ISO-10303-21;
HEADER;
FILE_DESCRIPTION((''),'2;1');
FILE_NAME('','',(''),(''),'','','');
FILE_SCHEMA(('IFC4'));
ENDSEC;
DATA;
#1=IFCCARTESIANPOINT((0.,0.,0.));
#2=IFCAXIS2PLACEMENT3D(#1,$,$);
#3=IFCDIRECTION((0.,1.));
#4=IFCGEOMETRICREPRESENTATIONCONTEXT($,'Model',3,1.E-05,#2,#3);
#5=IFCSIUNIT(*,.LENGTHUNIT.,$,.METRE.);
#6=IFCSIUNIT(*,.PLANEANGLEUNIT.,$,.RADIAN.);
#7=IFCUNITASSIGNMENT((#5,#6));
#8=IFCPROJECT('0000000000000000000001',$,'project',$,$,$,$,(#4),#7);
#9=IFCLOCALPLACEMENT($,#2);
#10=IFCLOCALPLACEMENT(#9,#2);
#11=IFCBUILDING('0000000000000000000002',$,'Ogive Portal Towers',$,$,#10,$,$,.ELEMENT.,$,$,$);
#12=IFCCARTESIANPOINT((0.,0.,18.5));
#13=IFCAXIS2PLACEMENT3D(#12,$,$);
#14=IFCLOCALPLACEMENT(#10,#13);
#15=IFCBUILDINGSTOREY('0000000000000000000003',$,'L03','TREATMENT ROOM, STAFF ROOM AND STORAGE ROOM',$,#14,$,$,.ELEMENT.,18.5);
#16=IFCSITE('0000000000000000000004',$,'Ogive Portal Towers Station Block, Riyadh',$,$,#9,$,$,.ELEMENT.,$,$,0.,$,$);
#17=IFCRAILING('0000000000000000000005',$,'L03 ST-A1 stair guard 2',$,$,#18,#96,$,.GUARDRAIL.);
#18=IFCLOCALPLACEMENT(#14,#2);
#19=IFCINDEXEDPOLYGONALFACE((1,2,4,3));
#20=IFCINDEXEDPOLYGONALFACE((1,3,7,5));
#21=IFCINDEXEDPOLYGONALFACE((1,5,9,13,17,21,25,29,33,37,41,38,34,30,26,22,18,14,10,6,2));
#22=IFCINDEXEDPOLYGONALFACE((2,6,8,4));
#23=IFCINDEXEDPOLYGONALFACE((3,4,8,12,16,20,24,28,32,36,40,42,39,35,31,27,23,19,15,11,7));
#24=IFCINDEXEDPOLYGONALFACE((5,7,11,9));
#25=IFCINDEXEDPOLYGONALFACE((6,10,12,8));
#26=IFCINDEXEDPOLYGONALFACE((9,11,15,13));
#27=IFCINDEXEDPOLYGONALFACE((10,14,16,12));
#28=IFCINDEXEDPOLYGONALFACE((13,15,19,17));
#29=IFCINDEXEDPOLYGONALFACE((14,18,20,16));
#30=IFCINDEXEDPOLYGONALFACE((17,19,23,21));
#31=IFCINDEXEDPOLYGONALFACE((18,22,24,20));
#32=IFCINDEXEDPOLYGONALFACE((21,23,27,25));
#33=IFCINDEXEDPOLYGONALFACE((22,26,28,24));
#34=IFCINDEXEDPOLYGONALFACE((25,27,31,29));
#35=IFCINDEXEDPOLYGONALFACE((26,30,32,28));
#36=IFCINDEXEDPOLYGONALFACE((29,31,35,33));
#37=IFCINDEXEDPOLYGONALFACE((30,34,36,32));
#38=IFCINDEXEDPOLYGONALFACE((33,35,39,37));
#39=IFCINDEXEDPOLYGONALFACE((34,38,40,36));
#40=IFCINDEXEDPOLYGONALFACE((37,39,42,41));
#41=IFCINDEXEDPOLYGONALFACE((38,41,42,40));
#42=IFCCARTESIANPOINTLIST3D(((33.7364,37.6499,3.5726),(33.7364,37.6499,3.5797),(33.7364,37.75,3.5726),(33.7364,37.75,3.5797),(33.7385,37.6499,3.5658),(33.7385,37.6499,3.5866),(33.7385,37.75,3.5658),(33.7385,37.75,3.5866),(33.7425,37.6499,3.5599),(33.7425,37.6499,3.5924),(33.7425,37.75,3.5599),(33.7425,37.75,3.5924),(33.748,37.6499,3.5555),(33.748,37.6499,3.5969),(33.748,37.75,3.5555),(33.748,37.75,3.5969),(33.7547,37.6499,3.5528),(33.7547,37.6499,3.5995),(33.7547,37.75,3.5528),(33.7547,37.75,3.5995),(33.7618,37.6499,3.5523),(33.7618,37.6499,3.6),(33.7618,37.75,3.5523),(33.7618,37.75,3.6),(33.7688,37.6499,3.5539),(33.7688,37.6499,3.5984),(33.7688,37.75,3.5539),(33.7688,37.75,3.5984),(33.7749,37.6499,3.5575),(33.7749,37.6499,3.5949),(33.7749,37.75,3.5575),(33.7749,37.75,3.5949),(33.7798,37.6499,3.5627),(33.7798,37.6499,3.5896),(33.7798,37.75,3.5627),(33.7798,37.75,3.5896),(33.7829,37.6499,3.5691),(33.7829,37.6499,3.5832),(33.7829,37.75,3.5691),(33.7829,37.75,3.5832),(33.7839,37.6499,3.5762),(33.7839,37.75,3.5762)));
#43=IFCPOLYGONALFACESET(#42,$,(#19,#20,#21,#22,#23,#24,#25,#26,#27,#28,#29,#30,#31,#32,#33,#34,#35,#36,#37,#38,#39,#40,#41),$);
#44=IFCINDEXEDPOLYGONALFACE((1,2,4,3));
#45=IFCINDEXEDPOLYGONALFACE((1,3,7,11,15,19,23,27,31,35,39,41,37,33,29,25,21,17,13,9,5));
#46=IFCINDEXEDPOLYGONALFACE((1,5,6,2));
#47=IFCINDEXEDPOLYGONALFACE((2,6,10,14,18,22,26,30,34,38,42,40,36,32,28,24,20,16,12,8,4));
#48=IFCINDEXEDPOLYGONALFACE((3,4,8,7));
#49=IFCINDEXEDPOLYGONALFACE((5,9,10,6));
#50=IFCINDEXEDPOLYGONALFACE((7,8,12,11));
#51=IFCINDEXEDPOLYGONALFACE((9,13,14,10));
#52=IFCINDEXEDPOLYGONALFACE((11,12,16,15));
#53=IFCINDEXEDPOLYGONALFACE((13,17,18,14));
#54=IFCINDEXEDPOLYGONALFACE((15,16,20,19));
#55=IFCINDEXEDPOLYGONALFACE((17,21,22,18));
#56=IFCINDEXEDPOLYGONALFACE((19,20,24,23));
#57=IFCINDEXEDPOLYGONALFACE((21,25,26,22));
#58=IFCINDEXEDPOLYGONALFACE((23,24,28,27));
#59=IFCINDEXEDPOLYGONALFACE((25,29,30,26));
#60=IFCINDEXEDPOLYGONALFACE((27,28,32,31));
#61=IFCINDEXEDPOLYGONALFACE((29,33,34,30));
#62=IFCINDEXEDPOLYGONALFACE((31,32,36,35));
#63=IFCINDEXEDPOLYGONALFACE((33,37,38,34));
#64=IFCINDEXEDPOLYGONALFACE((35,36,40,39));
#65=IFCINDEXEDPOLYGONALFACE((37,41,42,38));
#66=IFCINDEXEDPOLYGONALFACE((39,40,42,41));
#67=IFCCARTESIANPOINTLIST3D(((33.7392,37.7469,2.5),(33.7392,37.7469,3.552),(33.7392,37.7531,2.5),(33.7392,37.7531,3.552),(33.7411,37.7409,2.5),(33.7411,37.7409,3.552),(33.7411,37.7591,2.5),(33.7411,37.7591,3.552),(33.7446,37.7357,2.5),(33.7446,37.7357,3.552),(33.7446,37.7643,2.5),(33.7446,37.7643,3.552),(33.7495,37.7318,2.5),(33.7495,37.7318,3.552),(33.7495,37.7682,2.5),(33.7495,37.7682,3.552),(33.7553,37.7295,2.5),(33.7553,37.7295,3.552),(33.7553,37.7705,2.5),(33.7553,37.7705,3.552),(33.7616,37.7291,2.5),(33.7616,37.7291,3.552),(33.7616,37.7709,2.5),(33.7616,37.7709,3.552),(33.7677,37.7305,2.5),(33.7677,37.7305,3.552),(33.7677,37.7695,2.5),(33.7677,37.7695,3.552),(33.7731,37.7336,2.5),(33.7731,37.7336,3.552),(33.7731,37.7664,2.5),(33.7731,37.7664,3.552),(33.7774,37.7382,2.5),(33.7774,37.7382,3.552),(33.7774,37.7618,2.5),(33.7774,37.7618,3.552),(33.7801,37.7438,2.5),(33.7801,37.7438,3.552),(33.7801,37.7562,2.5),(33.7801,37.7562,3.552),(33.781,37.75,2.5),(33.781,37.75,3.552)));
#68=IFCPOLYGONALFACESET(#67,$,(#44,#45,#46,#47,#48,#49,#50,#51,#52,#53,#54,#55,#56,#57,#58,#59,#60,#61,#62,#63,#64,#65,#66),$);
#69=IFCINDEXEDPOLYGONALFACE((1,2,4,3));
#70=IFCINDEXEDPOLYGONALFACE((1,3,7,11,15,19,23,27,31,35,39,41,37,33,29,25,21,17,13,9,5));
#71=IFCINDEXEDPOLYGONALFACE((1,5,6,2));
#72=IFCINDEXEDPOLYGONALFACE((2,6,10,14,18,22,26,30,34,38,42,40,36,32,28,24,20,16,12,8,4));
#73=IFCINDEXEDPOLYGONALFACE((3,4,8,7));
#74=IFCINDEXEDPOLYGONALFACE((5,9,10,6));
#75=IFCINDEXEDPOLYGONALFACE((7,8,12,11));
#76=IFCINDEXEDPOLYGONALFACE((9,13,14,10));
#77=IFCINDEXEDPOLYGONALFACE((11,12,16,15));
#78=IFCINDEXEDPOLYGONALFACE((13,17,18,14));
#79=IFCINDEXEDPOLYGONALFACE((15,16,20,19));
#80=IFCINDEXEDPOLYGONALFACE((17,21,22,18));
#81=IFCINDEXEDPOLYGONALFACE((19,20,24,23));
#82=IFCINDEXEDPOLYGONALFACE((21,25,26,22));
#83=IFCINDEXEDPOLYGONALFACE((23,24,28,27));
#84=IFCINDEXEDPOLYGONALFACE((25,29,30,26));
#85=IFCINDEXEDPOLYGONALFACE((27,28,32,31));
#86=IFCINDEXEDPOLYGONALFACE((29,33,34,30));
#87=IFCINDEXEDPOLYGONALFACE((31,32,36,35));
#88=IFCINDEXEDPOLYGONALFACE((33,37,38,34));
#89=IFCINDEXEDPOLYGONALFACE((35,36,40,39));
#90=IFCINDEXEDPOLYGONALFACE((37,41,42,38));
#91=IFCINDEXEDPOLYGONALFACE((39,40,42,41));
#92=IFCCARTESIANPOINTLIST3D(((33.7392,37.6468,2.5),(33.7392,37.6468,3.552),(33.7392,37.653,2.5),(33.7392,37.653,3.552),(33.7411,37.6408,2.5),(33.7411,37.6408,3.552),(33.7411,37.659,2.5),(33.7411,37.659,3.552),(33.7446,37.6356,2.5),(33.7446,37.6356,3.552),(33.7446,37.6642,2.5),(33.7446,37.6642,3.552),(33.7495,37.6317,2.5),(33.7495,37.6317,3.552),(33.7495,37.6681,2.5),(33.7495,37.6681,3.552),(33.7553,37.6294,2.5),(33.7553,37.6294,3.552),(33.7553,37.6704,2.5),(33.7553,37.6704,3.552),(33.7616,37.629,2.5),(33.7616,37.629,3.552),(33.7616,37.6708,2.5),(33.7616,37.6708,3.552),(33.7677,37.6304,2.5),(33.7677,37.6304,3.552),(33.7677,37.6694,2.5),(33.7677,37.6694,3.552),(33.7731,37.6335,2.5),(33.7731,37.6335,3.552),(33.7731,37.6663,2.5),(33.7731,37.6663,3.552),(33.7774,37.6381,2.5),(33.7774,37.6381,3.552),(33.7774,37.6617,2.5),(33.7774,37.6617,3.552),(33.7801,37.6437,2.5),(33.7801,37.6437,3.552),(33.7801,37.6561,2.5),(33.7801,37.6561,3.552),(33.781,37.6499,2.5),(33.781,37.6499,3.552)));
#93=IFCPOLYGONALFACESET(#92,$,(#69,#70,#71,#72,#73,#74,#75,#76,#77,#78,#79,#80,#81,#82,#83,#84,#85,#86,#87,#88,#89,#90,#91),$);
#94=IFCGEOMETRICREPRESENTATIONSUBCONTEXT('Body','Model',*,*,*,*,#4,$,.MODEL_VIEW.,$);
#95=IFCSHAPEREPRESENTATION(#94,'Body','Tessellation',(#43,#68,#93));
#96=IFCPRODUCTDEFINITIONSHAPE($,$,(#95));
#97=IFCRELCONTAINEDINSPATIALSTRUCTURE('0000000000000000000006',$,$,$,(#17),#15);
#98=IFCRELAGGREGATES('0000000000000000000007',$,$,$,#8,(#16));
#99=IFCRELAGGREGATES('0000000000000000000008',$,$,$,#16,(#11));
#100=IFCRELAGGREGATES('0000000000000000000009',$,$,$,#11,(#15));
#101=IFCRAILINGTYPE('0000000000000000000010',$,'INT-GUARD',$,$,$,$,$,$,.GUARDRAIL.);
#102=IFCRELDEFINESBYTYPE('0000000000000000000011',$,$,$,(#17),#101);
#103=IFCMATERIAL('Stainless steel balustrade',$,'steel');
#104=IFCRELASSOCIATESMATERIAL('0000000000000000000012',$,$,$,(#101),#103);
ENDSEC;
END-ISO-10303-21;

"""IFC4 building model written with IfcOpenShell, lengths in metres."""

from ifc_helpers import new_model, si_unit, direction, frame, origin, origin_2d, place, context, subcontext, project, spatial, circle, extrude, material, type_object, element, save


model = new_model("IFC4")

# Units and contexts
model_context = context("Model", 3, precision=1e-05, world=origin(), true_north=direction((0.0, 1.0)))
body_context = subcontext(model_context, "Body", "Model", "MODEL_VIEW")
ifc_project = project(units=[si_unit("LENGTHUNIT", "METRE"), si_unit("PLANEANGLEUNIT", "RADIAN")], contexts=[model_context])

# Site, building, storey
site_placement = place(None, origin())
site = spatial("IfcSite", under=ifc_project, at=site_placement, Name="Ogive Portal Towers Station Block, Riyadh", CompositionType="ELEMENT", RefElevation=0.0)
building_placement = place(site_placement, origin())
building = spatial("IfcBuilding", under=site, at=building_placement, Name="Ogive Portal Towers", CompositionType="ELEMENT")
storey_placement = place(building_placement, frame((0.0, 0.0, 18.5)))
storey = spatial("IfcBuildingStorey", under=building, at=storey_placement, Name="L03", Description="TREATMENT ROOM, STAFF ROOM AND STORAGE ROOM", CompositionType="ELEMENT", Elevation=18.5)

# Railing
ifc_material_1 = material(Name="Stainless steel balustrade", Category="steel")
railing_type_1 = type_object("IfcRailingType", Name="INT-GUARD", PredefinedType="GUARDRAIL", material=ifc_material_1)
railing_1_placement = place(storey_placement, frame((33.76, 37.75, 2.5)))
element("IfcRailing", 1, at=railing_1_placement, inside=storey, type_object=railing_type_1, Name="L03 ST-A1 stair guard 2", PredefinedType="GUARDRAIL", context=body_context, shape_type="SweptSolid", body=[
    extrude(circle(Radius=0.0239, at=origin_2d()), frame((0.0, 0.0, 1.0762), z_axis=(0.0, -1.0, 0.0), x_axis=(1.0, 0.0, 0.0)), (0.0, 0.0, 1.0), 0.1001),
    extrude(circle(Radius=0.021, at=origin_2d()), origin(), (0.0, 0.0, 1.0), 1.052),
    extrude(circle(Radius=0.021, at=origin_2d()), frame((0.0, -0.1001, 0.0)), (0.0, 0.0, 1.0), 1.052),
])

save(model, "model.ifc")
